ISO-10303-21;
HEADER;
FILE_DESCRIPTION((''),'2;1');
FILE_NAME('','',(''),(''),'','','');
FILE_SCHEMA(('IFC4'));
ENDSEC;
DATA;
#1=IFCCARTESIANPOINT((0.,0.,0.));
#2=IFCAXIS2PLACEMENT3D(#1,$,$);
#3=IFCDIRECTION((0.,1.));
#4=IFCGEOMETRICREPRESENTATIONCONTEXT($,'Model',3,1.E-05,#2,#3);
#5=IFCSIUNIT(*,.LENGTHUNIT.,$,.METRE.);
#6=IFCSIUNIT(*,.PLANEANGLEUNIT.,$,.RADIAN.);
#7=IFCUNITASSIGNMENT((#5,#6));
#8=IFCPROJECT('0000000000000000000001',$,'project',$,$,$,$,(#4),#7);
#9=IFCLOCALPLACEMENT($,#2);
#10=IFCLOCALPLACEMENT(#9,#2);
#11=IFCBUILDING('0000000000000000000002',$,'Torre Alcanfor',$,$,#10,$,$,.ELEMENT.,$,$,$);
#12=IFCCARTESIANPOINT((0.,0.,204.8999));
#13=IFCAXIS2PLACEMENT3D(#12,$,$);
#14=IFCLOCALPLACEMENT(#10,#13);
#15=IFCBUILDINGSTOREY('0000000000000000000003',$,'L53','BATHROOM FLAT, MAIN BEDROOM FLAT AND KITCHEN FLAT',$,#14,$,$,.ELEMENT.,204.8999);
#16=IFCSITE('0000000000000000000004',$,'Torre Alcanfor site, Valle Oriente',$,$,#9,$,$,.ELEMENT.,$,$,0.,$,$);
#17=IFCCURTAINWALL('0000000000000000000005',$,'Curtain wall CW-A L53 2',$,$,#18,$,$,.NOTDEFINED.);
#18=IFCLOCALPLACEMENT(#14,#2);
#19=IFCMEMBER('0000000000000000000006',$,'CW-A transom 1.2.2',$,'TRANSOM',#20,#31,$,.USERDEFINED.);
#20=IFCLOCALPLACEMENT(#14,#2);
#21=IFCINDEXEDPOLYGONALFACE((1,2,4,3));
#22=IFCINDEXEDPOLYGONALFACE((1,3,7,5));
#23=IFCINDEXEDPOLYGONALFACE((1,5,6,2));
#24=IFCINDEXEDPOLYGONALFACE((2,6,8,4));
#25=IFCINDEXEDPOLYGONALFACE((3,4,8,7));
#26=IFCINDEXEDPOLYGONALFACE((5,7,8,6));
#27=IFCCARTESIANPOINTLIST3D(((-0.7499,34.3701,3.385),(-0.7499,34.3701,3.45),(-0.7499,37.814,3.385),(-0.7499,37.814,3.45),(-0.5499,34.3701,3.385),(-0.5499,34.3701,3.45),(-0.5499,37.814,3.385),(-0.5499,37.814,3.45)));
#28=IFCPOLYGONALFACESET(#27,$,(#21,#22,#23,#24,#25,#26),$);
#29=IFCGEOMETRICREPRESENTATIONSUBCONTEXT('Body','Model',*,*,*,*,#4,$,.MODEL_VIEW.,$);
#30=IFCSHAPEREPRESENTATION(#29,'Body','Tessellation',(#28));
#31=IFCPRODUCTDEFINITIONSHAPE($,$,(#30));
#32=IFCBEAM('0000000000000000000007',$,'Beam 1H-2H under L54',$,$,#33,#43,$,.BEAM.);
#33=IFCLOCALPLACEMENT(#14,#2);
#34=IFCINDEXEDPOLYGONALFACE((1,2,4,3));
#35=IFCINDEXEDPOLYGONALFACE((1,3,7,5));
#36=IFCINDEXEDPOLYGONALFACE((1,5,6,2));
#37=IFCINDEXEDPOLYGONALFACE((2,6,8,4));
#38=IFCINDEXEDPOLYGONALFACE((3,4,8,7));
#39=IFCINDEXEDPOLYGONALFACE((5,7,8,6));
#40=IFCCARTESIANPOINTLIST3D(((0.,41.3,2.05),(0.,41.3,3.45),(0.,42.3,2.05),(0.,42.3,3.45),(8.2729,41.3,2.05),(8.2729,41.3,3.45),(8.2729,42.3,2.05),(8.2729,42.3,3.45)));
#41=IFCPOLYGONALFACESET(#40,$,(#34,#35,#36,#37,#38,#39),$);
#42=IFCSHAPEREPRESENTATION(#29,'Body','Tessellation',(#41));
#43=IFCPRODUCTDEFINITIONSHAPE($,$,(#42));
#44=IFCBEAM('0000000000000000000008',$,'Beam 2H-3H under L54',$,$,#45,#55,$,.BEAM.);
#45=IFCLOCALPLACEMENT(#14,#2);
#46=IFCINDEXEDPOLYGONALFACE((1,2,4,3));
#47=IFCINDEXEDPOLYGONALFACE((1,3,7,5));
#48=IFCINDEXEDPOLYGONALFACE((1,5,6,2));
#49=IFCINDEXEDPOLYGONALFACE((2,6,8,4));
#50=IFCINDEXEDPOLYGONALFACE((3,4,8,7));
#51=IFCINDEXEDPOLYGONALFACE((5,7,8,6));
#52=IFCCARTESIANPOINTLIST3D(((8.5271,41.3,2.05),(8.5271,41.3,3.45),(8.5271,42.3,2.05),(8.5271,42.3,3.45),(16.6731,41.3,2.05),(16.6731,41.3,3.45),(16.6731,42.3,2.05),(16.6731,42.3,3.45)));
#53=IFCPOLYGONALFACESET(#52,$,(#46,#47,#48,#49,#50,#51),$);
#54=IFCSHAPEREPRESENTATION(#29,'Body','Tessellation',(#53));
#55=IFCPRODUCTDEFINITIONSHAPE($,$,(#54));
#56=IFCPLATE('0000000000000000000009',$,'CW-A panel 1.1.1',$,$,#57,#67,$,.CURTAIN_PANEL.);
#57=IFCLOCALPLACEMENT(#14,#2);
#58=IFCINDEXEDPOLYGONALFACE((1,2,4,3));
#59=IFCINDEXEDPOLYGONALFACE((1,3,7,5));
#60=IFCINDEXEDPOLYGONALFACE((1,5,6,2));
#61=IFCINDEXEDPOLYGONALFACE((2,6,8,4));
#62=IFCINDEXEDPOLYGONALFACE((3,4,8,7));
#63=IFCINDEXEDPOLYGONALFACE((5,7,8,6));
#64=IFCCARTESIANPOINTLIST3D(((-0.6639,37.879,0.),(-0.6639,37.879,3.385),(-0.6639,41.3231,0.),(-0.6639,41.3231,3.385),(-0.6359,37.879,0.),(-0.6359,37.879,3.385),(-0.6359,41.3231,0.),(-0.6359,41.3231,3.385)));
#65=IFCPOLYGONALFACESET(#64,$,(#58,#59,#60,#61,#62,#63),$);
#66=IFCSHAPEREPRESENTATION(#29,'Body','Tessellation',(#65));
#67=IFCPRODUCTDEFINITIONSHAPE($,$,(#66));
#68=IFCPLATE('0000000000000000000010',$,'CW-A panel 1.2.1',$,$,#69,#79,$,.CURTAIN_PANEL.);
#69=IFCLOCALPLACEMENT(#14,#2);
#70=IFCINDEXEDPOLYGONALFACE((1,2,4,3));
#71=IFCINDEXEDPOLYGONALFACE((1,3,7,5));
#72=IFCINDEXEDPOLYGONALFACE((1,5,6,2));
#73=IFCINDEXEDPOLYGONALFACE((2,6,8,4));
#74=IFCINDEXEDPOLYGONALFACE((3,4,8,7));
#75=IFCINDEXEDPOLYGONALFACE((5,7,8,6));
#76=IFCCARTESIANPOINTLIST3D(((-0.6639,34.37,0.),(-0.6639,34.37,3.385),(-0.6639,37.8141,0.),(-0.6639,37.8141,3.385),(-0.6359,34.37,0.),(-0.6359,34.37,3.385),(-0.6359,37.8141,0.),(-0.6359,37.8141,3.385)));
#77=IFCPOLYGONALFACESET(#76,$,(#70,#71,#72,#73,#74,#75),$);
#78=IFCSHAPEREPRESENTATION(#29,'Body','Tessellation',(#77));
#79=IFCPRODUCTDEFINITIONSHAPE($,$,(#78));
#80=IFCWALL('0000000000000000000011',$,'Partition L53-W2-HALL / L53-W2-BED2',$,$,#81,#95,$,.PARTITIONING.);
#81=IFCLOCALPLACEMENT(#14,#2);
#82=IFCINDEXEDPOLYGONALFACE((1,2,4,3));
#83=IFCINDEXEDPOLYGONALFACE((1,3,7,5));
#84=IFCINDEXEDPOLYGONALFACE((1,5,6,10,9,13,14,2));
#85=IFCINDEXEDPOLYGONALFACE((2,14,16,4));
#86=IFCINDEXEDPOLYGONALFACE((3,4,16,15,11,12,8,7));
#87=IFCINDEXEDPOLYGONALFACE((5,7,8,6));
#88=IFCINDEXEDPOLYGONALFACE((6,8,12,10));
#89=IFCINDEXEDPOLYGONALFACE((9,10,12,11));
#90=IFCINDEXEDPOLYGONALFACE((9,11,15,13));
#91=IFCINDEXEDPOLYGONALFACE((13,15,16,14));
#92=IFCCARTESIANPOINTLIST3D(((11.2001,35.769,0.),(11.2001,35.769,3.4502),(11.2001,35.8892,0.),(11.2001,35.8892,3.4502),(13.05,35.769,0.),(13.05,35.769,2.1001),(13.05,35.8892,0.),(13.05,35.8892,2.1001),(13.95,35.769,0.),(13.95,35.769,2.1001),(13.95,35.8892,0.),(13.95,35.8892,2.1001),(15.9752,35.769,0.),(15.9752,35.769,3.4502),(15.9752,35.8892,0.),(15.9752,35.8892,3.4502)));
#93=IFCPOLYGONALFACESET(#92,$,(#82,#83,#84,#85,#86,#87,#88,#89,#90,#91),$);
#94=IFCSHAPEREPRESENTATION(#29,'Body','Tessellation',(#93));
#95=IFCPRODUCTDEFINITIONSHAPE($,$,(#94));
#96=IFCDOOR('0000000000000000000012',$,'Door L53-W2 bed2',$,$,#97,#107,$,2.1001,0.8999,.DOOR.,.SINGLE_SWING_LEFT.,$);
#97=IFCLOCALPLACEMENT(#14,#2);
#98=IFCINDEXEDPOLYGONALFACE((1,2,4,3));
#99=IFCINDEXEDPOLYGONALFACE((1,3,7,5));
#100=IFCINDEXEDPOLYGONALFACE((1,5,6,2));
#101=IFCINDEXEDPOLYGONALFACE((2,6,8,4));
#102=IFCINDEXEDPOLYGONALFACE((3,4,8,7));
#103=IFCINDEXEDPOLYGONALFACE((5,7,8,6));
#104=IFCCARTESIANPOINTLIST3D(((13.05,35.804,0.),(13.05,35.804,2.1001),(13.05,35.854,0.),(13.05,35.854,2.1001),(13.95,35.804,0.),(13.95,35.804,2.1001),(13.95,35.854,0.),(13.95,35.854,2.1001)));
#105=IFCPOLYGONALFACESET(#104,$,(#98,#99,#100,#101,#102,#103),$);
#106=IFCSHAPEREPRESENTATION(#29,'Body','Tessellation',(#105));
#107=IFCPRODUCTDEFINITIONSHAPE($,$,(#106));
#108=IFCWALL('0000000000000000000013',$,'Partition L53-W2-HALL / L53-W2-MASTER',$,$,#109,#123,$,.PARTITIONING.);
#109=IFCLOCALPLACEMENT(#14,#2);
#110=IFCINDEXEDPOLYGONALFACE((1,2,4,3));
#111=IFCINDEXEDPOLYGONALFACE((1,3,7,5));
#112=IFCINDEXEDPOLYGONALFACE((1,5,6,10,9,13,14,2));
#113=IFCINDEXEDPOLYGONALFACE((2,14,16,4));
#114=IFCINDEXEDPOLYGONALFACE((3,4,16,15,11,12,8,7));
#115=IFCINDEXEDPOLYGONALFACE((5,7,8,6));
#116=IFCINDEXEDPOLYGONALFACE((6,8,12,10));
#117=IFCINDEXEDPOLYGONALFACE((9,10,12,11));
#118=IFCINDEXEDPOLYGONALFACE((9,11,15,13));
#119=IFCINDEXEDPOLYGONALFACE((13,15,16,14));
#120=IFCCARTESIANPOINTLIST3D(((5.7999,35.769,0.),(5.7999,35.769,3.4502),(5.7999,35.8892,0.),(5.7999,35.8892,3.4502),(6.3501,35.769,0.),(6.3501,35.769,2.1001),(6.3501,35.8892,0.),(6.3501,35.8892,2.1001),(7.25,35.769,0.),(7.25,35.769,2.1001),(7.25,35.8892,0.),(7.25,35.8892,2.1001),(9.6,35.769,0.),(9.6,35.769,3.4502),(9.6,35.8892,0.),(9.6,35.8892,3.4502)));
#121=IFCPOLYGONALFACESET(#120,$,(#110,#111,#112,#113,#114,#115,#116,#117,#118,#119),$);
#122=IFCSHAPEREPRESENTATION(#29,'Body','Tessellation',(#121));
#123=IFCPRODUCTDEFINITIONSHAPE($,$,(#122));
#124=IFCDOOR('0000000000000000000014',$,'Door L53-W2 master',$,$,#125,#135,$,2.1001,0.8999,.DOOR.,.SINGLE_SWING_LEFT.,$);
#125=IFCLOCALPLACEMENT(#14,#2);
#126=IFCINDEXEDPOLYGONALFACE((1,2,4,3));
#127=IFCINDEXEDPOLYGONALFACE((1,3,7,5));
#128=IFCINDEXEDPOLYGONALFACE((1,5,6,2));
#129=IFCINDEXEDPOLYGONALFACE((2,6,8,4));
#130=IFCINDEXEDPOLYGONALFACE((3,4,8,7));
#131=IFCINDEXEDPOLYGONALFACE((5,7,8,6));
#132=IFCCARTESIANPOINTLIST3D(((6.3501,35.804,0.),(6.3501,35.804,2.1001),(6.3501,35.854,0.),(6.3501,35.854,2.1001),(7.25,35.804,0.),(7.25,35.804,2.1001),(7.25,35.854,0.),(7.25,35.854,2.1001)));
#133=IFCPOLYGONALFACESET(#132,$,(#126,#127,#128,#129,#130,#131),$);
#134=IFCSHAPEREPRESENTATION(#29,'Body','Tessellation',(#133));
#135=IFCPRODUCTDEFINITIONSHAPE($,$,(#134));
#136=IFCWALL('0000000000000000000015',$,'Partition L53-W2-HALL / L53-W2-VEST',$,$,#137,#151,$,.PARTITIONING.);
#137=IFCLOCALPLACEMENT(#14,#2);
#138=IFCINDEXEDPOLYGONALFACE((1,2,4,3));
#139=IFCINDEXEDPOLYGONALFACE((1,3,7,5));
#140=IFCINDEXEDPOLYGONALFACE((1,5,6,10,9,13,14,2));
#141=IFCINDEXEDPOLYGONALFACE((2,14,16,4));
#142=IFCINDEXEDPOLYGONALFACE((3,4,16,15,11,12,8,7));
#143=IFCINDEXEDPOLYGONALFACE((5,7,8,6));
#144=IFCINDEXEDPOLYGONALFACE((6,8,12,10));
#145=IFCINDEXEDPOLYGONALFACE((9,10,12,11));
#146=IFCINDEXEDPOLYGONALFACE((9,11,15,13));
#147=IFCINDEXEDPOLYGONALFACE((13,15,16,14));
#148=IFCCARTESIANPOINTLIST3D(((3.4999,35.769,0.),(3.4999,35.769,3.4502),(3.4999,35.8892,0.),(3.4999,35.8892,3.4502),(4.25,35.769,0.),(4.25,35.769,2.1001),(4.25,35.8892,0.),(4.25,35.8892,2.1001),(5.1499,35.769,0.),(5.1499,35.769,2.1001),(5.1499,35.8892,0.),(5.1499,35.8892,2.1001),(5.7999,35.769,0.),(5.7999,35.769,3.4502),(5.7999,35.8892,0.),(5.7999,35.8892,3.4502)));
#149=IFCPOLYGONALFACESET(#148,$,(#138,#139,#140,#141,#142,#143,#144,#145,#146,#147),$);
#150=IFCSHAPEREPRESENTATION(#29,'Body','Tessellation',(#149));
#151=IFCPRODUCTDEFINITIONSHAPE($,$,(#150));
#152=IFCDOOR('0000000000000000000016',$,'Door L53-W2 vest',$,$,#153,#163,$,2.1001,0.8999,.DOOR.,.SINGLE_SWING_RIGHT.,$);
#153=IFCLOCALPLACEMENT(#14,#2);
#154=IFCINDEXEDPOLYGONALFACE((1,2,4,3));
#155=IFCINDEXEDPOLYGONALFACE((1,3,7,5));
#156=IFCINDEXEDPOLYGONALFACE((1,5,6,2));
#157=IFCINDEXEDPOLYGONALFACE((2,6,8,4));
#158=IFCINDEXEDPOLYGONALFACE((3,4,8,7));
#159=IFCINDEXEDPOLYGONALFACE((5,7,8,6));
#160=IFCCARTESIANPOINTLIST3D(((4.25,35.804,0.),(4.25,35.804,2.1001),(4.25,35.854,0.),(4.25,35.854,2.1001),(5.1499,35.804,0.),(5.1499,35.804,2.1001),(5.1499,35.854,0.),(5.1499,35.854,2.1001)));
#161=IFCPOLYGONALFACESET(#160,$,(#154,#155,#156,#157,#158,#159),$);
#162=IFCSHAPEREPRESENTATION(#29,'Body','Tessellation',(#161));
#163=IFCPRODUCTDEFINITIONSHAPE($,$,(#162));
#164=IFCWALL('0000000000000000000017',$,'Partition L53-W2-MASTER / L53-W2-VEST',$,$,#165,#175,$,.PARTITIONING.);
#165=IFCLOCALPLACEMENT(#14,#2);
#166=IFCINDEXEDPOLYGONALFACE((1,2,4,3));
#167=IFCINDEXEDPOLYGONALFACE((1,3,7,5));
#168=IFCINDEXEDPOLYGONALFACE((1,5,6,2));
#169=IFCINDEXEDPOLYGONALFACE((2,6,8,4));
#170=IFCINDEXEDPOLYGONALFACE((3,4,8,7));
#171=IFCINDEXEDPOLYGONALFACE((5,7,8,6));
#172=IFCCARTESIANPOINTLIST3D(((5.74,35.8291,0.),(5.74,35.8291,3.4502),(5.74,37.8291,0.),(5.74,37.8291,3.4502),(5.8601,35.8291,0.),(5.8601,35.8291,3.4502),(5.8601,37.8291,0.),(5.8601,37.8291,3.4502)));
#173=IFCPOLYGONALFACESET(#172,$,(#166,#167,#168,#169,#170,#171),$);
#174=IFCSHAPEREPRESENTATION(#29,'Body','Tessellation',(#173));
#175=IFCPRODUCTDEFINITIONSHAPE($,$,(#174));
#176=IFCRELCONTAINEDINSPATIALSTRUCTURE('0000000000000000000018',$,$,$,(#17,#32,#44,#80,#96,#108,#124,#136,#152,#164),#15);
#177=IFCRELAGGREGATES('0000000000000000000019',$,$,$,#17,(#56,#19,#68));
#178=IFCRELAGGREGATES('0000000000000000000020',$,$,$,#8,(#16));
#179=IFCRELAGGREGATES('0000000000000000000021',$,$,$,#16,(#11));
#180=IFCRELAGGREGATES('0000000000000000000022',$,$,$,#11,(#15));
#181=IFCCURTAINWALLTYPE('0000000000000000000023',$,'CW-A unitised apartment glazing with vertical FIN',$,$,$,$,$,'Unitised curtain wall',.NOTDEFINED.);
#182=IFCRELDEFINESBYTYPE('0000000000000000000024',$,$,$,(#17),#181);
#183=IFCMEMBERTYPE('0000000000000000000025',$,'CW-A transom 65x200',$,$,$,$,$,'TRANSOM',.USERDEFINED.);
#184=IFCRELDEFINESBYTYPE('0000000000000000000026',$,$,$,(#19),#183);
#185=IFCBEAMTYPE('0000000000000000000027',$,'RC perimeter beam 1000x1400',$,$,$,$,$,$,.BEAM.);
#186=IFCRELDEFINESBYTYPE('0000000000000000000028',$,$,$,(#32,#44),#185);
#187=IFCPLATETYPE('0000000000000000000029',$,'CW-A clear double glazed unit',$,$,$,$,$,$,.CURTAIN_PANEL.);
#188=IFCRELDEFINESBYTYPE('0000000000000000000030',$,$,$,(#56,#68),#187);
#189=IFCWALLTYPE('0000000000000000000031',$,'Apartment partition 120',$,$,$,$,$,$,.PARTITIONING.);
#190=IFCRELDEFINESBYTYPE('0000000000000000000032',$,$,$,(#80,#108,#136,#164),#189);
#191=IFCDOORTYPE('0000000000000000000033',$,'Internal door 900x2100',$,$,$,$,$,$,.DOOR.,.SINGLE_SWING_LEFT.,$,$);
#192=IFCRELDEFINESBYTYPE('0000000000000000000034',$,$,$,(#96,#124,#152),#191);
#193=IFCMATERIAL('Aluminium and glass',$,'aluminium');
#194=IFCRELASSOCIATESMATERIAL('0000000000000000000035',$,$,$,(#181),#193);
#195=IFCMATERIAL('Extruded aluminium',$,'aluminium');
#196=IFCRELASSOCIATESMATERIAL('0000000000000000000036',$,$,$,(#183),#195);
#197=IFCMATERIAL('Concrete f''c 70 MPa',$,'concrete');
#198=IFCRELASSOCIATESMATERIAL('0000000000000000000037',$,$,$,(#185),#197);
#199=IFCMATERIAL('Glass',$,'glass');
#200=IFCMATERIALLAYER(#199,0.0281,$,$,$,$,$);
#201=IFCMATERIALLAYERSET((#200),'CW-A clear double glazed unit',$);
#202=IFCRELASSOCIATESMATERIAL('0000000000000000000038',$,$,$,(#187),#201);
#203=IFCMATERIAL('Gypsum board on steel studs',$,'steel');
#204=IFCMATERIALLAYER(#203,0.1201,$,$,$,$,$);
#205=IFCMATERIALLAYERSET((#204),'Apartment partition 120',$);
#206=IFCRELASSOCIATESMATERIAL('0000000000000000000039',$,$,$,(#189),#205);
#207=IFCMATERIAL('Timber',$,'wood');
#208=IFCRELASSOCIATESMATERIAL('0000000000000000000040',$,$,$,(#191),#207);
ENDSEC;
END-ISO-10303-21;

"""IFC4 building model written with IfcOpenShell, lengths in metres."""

from ifc_helpers import new_model, si_unit, direction, frame, frame_2d, origin, origin_2d, place, context, subcontext, project, spatial, rectangle, extrude, material, layer, layer_set, material_profile, profile_set, type_object, element, fill, aggregate, save


model = new_model("IFC4")

# Units and contexts
model_context = context("Model", 3, precision=1e-05, world=origin(), true_north=direction((0.0, 1.0)))
body_context = subcontext(model_context, "Body", "Model", "MODEL_VIEW")
ifc_project = project(units=[si_unit("LENGTHUNIT", "METRE"), si_unit("PLANEANGLEUNIT", "RADIAN")], contexts=[model_context])

# Site, building, storey
site_placement = place(None, origin())
site = spatial("IfcSite", under=ifc_project, at=site_placement, Name="Torre Alcanfor site, Valle Oriente", CompositionType="ELEMENT", RefElevation=0.0)
building_placement = place(site_placement, origin())
building = spatial("IfcBuilding", under=site, at=building_placement, Name="Torre Alcanfor", CompositionType="ELEMENT")
storey_placement = place(building_placement, frame((0.0, 0.0, 204.8999)))
storey = spatial("IfcBuildingStorey", under=building, at=storey_placement, Name="L53", Description="BATHROOM FLAT, MAIN BEDROOM FLAT AND KITCHEN FLAT", CompositionType="ELEMENT", Elevation=204.8999)

# Curtain wall, member
ifc_material_1 = material(Name="Aluminium and glass", Category="aluminium")
curtain_wall_type = type_object("IfcCurtainWallType", Name="CW-A unitised apartment glazing with vertical FIN", ElementType="Unitised curtain wall", PredefinedType="NOTDEFINED", material=ifc_material_1)
curtain_wall_placement = place(storey_placement, origin())
curtain_wall = element("IfcCurtainWall", 1, at=curtain_wall_placement, inside=storey, type_object=curtain_wall_type, Name="Curtain wall CW-A L53 2", PredefinedType="NOTDEFINED")
ifc_material_2 = material(Name="Extruded aluminium", Category="aluminium")
ifc_material_profile_1 = material_profile(ifc_material_2, rectangle(XDim=0.2, YDim=0.0649, at=origin_2d()), Name="CW-A transom 200x65")
ifc_profile_set_1 = profile_set([ifc_material_profile_1], Name="Extruded aluminium")
member_type_1 = type_object("IfcMemberType", Name="CW-A transom 65x200", ElementType="TRANSOM", PredefinedType="USERDEFINED", material=ifc_profile_set_1)
member_1_placement = place(storey_placement, frame((-0.6499, 37.814, 3.4175), z_axis=(0.0, -1.0, 0.0), x_axis=(1.0, 0.0, 0.0)))
member_1 = element("IfcMember", 2, at=member_1_placement, type_object=member_type_1, Name="CW-A transom 1.2.2", ObjectType="TRANSOM", PredefinedType="USERDEFINED", context=body_context, shape_type="SweptSolid", body=[
    extrude(rectangle(XDim=0.2, YDim=0.0649, at=origin_2d()), origin(), (0.0, 0.0, 1.0), 3.4438),
])

# Beams
ifc_material_3 = material(Name="Concrete f'c 70 MPa", Category="concrete")
ifc_material_profile_2 = material_profile(ifc_material_3, rectangle(XDim=1.0, YDim=1.3999, at=origin_2d()), Name="1000x1400")
ifc_profile_set_2 = profile_set([ifc_material_profile_2], Name="Concrete f'c 70 MPa")
beam_type_1 = type_object("IfcBeamType", Name="RC perimeter beam 1000x1400", PredefinedType="BEAM", material=ifc_profile_set_2)
beam_1_placement = place(storey_placement, frame((0.0, 41.8, 2.75), z_axis=(1.0, 0.0, 0.0), x_axis=(0.0, 1.0, 0.0)))
element("IfcBeam", 3, at=beam_1_placement, inside=storey, type_object=beam_type_1, Name="Beam 1H-2H under L54", PredefinedType="BEAM", context=body_context, shape_type="SweptSolid", body=[
    extrude(rectangle(XDim=1.0, YDim=1.3999, at=origin_2d()), origin(), (0.0, 0.0, 1.0), 8.2729),
])
beam_2_placement = place(storey_placement, frame((8.5271, 41.8, 2.75), z_axis=(1.0, 0.0, 0.0), x_axis=(0.0, 1.0, 0.0)))
element("IfcBeam", 4, at=beam_2_placement, inside=storey, type_object=beam_type_1, Name="Beam 2H-3H under L54", PredefinedType="BEAM", context=body_context, shape_type="SweptSolid", body=[
    extrude(rectangle(XDim=1.0, YDim=1.3999, at=origin_2d()), origin(), (0.0, 0.0, 1.0), 8.146),
])

# Plates
ifc_material_4 = material(Name="Glass", Category="glass")
ifc_layer_1 = layer(ifc_material_4, 0.0281)
ifc_layer_set_1 = layer_set([ifc_layer_1], Name="CW-A clear double glazed unit")
plate_type = type_object("IfcPlateType", Name="CW-A clear double glazed unit", PredefinedType="CURTAIN_PANEL", material=ifc_layer_set_1)
plate_1_placement = place(storey_placement, frame((-0.6499, 39.6011, 0.0), z_axis=(0.0, 0.0, 1.0), x_axis=(0.0, -1.0, 0.0)))
plate_1 = element("IfcPlate", 5, at=plate_1_placement, type_object=plate_type, Name="CW-A panel 1.1.1", PredefinedType="CURTAIN_PANEL", context=body_context, shape_type="SweptSolid", body=[
    extrude(rectangle(XDim=3.4441, YDim=0.0281, at=origin_2d()), origin(), (0.0, 0.0, 1.0), 3.385),
])
plate_2_placement = place(storey_placement, frame((-0.6499, 36.092, 0.0), z_axis=(0.0, 0.0, 1.0), x_axis=(0.0, -1.0, 0.0)))
plate_2 = element("IfcPlate", 6, at=plate_2_placement, type_object=plate_type, Name="CW-A panel 1.2.1", PredefinedType="CURTAIN_PANEL", context=body_context, shape_type="SweptSolid", body=[
    extrude(rectangle(XDim=3.4441, YDim=0.0281, at=origin_2d()), origin(), (0.0, 0.0, 1.0), 3.385),
])
aggregate(curtain_wall, [plate_1, member_1, plate_2])

# Walls, openings, doors
ifc_material_5 = material(Name="Gypsum board on steel studs", Category="steel")
ifc_layer_2 = layer(ifc_material_5, 0.1201)
ifc_layer_set_2 = layer_set([ifc_layer_2], Name="Apartment partition 120")
wall_type_1 = type_object("IfcWallType", Name="Apartment partition 120", PredefinedType="PARTITIONING", material=ifc_layer_set_2)
wall_1_placement = place(storey_placement, frame((11.2, 35.8291, 0.0), z_axis=(0.0, 0.0, 1.0), x_axis=(1.0, 0.0, 0.0)))
wall_1 = element("IfcWall", 7, at=wall_1_placement, inside=storey, type_object=wall_type_1, Name="Partition L53-W2-HALL / L53-W2-BED2", PredefinedType="PARTITIONING", context=body_context, shape_type="SweptSolid", body=[
    extrude(rectangle(XDim=4.7751, YDim=0.1201, at=frame_2d((2.3877, 0.0))), origin(), (0.0, 0.0, 1.0), 3.4502),
])
opening_1_placement = place(wall_1_placement, frame((1.8501, 0.0, 0.0)))
opening_1 = element("IfcOpeningElement", 8, at=opening_1_placement, cuts=wall_1, PredefinedType="OPENING", context=body_context, shape_type="SweptSolid", body=[
    extrude(rectangle(XDim=0.8999, YDim=2.1001, at=frame_2d((0.45, 1.05))), frame((0.0, 0.0701, 0.0), z_axis=(0.0, -1.0, 0.0), x_axis=(1.0, 0.0, 0.0)), (0.0, 0.0, 1.0), 0.1401),
])
ifc_material_6 = material(Name="Timber", Category="wood")
door_type_1 = type_object("IfcDoorType", Name="Internal door 900x2100", OperationType="SINGLE_SWING_LEFT", PredefinedType="DOOR", material=ifc_material_6)
door_1_placement = place(opening_1_placement, origin())
door_1 = element("IfcDoor", 9, at=door_1_placement, inside=storey, type_object=door_type_1, Name="Door L53-W2 bed2", OperationType="SINGLE_SWING_LEFT", OverallHeight=2.1001, OverallWidth=0.8999, PredefinedType="DOOR", context=body_context, shape_type="SweptSolid", body=[
    extrude(rectangle(XDim=0.8999, YDim=2.1001, at=frame_2d((0.45, 1.05))), frame((0.0, 0.0249, 0.0), z_axis=(0.0, -1.0, 0.0), x_axis=(1.0, 0.0, 0.0)), (0.0, 0.0, 1.0), 0.05),
])
fill(opening_1, door_1)
wall_2_placement = place(storey_placement, frame((5.8, 35.8291, 0.0), z_axis=(0.0, 0.0, 1.0), x_axis=(1.0, 0.0, 0.0)))
wall_2 = element("IfcWall", 10, at=wall_2_placement, inside=storey, type_object=wall_type_1, Name="Partition L53-W2-HALL / L53-W2-MASTER", PredefinedType="PARTITIONING", context=body_context, shape_type="SweptSolid", body=[
    extrude(rectangle(XDim=3.8, YDim=0.1201, at=frame_2d((1.8999, 0.0))), origin(), (0.0, 0.0, 1.0), 3.4502),
])
opening_2_placement = place(wall_2_placement, frame((0.55, 0.0, 0.0)))
opening_2 = element("IfcOpeningElement", 11, at=opening_2_placement, cuts=wall_2, PredefinedType="OPENING", context=body_context, shape_type="SweptSolid", body=[
    extrude(rectangle(XDim=0.8999, YDim=2.1001, at=frame_2d((0.45, 1.05))), frame((0.0, 0.0701, 0.0), z_axis=(0.0, -1.0, 0.0), x_axis=(1.0, 0.0, 0.0)), (0.0, 0.0, 1.0), 0.1401),
])
door_2_placement = place(opening_2_placement, origin())
door_2 = element("IfcDoor", 12, at=door_2_placement, inside=storey, type_object=door_type_1, Name="Door L53-W2 master", OperationType="SINGLE_SWING_LEFT", OverallHeight=2.1001, OverallWidth=0.8999, PredefinedType="DOOR", context=body_context, shape_type="SweptSolid", body=[
    extrude(rectangle(XDim=0.8999, YDim=2.1001, at=frame_2d((0.45, 1.05))), frame((0.0, 0.0249, 0.0), z_axis=(0.0, -1.0, 0.0), x_axis=(1.0, 0.0, 0.0)), (0.0, 0.0, 1.0), 0.05),
])
fill(opening_2, door_2)
wall_3_placement = place(storey_placement, frame((3.5, 35.8291, 0.0), z_axis=(0.0, 0.0, 1.0), x_axis=(1.0, 0.0, 0.0)))
wall_3 = element("IfcWall", 13, at=wall_3_placement, inside=storey, type_object=wall_type_1, Name="Partition L53-W2-HALL / L53-W2-VEST", PredefinedType="PARTITIONING", context=body_context, shape_type="SweptSolid", body=[
    extrude(rectangle(XDim=2.3, YDim=0.1201, at=frame_2d((1.1499, 0.0))), origin(), (0.0, 0.0, 1.0), 3.4502),
])
opening_3_placement = place(wall_3_placement, frame((0.75, 0.0, 0.0)))
opening_3 = element("IfcOpeningElement", 14, at=opening_3_placement, cuts=wall_3, PredefinedType="OPENING", context=body_context, shape_type="SweptSolid", body=[
    extrude(rectangle(XDim=0.8999, YDim=2.1001, at=frame_2d((0.45, 1.05))), frame((0.0, 0.0701, 0.0), z_axis=(0.0, -1.0, 0.0), x_axis=(1.0, 0.0, 0.0)), (0.0, 0.0, 1.0), 0.1401),
])
door_3_placement = place(opening_3_placement, origin())
door_3 = element("IfcDoor", 15, at=door_3_placement, inside=storey, type_object=door_type_1, Name="Door L53-W2 vest", OperationType="SINGLE_SWING_RIGHT", OverallHeight=2.1001, OverallWidth=0.8999, PredefinedType="DOOR", context=body_context, shape_type="SweptSolid", body=[
    extrude(rectangle(XDim=0.8999, YDim=2.1001, at=frame_2d((0.45, 1.05))), frame((0.0, 0.0249, 0.0), z_axis=(0.0, -1.0, 0.0), x_axis=(1.0, 0.0, 0.0)), (0.0, 0.0, 1.0), 0.05),
])
fill(opening_3, door_3)

# Wall
wall_4_placement = place(storey_placement, frame((5.8, 35.8291, 0.0), z_axis=(0.0, 0.0, 1.0), x_axis=(0.0, 1.0, 0.0)))
element("IfcWall", 16, at=wall_4_placement, inside=storey, type_object=wall_type_1, Name="Partition L53-W2-MASTER / L53-W2-VEST", PredefinedType="PARTITIONING", context=body_context, shape_type="SweptSolid", body=[
    extrude(rectangle(XDim=2.0, YDim=0.1201, at=frame_2d((1.0, 0.0))), origin(), (0.0, 0.0, 1.0), 3.4502),
])

save(model, "model.ifc")
